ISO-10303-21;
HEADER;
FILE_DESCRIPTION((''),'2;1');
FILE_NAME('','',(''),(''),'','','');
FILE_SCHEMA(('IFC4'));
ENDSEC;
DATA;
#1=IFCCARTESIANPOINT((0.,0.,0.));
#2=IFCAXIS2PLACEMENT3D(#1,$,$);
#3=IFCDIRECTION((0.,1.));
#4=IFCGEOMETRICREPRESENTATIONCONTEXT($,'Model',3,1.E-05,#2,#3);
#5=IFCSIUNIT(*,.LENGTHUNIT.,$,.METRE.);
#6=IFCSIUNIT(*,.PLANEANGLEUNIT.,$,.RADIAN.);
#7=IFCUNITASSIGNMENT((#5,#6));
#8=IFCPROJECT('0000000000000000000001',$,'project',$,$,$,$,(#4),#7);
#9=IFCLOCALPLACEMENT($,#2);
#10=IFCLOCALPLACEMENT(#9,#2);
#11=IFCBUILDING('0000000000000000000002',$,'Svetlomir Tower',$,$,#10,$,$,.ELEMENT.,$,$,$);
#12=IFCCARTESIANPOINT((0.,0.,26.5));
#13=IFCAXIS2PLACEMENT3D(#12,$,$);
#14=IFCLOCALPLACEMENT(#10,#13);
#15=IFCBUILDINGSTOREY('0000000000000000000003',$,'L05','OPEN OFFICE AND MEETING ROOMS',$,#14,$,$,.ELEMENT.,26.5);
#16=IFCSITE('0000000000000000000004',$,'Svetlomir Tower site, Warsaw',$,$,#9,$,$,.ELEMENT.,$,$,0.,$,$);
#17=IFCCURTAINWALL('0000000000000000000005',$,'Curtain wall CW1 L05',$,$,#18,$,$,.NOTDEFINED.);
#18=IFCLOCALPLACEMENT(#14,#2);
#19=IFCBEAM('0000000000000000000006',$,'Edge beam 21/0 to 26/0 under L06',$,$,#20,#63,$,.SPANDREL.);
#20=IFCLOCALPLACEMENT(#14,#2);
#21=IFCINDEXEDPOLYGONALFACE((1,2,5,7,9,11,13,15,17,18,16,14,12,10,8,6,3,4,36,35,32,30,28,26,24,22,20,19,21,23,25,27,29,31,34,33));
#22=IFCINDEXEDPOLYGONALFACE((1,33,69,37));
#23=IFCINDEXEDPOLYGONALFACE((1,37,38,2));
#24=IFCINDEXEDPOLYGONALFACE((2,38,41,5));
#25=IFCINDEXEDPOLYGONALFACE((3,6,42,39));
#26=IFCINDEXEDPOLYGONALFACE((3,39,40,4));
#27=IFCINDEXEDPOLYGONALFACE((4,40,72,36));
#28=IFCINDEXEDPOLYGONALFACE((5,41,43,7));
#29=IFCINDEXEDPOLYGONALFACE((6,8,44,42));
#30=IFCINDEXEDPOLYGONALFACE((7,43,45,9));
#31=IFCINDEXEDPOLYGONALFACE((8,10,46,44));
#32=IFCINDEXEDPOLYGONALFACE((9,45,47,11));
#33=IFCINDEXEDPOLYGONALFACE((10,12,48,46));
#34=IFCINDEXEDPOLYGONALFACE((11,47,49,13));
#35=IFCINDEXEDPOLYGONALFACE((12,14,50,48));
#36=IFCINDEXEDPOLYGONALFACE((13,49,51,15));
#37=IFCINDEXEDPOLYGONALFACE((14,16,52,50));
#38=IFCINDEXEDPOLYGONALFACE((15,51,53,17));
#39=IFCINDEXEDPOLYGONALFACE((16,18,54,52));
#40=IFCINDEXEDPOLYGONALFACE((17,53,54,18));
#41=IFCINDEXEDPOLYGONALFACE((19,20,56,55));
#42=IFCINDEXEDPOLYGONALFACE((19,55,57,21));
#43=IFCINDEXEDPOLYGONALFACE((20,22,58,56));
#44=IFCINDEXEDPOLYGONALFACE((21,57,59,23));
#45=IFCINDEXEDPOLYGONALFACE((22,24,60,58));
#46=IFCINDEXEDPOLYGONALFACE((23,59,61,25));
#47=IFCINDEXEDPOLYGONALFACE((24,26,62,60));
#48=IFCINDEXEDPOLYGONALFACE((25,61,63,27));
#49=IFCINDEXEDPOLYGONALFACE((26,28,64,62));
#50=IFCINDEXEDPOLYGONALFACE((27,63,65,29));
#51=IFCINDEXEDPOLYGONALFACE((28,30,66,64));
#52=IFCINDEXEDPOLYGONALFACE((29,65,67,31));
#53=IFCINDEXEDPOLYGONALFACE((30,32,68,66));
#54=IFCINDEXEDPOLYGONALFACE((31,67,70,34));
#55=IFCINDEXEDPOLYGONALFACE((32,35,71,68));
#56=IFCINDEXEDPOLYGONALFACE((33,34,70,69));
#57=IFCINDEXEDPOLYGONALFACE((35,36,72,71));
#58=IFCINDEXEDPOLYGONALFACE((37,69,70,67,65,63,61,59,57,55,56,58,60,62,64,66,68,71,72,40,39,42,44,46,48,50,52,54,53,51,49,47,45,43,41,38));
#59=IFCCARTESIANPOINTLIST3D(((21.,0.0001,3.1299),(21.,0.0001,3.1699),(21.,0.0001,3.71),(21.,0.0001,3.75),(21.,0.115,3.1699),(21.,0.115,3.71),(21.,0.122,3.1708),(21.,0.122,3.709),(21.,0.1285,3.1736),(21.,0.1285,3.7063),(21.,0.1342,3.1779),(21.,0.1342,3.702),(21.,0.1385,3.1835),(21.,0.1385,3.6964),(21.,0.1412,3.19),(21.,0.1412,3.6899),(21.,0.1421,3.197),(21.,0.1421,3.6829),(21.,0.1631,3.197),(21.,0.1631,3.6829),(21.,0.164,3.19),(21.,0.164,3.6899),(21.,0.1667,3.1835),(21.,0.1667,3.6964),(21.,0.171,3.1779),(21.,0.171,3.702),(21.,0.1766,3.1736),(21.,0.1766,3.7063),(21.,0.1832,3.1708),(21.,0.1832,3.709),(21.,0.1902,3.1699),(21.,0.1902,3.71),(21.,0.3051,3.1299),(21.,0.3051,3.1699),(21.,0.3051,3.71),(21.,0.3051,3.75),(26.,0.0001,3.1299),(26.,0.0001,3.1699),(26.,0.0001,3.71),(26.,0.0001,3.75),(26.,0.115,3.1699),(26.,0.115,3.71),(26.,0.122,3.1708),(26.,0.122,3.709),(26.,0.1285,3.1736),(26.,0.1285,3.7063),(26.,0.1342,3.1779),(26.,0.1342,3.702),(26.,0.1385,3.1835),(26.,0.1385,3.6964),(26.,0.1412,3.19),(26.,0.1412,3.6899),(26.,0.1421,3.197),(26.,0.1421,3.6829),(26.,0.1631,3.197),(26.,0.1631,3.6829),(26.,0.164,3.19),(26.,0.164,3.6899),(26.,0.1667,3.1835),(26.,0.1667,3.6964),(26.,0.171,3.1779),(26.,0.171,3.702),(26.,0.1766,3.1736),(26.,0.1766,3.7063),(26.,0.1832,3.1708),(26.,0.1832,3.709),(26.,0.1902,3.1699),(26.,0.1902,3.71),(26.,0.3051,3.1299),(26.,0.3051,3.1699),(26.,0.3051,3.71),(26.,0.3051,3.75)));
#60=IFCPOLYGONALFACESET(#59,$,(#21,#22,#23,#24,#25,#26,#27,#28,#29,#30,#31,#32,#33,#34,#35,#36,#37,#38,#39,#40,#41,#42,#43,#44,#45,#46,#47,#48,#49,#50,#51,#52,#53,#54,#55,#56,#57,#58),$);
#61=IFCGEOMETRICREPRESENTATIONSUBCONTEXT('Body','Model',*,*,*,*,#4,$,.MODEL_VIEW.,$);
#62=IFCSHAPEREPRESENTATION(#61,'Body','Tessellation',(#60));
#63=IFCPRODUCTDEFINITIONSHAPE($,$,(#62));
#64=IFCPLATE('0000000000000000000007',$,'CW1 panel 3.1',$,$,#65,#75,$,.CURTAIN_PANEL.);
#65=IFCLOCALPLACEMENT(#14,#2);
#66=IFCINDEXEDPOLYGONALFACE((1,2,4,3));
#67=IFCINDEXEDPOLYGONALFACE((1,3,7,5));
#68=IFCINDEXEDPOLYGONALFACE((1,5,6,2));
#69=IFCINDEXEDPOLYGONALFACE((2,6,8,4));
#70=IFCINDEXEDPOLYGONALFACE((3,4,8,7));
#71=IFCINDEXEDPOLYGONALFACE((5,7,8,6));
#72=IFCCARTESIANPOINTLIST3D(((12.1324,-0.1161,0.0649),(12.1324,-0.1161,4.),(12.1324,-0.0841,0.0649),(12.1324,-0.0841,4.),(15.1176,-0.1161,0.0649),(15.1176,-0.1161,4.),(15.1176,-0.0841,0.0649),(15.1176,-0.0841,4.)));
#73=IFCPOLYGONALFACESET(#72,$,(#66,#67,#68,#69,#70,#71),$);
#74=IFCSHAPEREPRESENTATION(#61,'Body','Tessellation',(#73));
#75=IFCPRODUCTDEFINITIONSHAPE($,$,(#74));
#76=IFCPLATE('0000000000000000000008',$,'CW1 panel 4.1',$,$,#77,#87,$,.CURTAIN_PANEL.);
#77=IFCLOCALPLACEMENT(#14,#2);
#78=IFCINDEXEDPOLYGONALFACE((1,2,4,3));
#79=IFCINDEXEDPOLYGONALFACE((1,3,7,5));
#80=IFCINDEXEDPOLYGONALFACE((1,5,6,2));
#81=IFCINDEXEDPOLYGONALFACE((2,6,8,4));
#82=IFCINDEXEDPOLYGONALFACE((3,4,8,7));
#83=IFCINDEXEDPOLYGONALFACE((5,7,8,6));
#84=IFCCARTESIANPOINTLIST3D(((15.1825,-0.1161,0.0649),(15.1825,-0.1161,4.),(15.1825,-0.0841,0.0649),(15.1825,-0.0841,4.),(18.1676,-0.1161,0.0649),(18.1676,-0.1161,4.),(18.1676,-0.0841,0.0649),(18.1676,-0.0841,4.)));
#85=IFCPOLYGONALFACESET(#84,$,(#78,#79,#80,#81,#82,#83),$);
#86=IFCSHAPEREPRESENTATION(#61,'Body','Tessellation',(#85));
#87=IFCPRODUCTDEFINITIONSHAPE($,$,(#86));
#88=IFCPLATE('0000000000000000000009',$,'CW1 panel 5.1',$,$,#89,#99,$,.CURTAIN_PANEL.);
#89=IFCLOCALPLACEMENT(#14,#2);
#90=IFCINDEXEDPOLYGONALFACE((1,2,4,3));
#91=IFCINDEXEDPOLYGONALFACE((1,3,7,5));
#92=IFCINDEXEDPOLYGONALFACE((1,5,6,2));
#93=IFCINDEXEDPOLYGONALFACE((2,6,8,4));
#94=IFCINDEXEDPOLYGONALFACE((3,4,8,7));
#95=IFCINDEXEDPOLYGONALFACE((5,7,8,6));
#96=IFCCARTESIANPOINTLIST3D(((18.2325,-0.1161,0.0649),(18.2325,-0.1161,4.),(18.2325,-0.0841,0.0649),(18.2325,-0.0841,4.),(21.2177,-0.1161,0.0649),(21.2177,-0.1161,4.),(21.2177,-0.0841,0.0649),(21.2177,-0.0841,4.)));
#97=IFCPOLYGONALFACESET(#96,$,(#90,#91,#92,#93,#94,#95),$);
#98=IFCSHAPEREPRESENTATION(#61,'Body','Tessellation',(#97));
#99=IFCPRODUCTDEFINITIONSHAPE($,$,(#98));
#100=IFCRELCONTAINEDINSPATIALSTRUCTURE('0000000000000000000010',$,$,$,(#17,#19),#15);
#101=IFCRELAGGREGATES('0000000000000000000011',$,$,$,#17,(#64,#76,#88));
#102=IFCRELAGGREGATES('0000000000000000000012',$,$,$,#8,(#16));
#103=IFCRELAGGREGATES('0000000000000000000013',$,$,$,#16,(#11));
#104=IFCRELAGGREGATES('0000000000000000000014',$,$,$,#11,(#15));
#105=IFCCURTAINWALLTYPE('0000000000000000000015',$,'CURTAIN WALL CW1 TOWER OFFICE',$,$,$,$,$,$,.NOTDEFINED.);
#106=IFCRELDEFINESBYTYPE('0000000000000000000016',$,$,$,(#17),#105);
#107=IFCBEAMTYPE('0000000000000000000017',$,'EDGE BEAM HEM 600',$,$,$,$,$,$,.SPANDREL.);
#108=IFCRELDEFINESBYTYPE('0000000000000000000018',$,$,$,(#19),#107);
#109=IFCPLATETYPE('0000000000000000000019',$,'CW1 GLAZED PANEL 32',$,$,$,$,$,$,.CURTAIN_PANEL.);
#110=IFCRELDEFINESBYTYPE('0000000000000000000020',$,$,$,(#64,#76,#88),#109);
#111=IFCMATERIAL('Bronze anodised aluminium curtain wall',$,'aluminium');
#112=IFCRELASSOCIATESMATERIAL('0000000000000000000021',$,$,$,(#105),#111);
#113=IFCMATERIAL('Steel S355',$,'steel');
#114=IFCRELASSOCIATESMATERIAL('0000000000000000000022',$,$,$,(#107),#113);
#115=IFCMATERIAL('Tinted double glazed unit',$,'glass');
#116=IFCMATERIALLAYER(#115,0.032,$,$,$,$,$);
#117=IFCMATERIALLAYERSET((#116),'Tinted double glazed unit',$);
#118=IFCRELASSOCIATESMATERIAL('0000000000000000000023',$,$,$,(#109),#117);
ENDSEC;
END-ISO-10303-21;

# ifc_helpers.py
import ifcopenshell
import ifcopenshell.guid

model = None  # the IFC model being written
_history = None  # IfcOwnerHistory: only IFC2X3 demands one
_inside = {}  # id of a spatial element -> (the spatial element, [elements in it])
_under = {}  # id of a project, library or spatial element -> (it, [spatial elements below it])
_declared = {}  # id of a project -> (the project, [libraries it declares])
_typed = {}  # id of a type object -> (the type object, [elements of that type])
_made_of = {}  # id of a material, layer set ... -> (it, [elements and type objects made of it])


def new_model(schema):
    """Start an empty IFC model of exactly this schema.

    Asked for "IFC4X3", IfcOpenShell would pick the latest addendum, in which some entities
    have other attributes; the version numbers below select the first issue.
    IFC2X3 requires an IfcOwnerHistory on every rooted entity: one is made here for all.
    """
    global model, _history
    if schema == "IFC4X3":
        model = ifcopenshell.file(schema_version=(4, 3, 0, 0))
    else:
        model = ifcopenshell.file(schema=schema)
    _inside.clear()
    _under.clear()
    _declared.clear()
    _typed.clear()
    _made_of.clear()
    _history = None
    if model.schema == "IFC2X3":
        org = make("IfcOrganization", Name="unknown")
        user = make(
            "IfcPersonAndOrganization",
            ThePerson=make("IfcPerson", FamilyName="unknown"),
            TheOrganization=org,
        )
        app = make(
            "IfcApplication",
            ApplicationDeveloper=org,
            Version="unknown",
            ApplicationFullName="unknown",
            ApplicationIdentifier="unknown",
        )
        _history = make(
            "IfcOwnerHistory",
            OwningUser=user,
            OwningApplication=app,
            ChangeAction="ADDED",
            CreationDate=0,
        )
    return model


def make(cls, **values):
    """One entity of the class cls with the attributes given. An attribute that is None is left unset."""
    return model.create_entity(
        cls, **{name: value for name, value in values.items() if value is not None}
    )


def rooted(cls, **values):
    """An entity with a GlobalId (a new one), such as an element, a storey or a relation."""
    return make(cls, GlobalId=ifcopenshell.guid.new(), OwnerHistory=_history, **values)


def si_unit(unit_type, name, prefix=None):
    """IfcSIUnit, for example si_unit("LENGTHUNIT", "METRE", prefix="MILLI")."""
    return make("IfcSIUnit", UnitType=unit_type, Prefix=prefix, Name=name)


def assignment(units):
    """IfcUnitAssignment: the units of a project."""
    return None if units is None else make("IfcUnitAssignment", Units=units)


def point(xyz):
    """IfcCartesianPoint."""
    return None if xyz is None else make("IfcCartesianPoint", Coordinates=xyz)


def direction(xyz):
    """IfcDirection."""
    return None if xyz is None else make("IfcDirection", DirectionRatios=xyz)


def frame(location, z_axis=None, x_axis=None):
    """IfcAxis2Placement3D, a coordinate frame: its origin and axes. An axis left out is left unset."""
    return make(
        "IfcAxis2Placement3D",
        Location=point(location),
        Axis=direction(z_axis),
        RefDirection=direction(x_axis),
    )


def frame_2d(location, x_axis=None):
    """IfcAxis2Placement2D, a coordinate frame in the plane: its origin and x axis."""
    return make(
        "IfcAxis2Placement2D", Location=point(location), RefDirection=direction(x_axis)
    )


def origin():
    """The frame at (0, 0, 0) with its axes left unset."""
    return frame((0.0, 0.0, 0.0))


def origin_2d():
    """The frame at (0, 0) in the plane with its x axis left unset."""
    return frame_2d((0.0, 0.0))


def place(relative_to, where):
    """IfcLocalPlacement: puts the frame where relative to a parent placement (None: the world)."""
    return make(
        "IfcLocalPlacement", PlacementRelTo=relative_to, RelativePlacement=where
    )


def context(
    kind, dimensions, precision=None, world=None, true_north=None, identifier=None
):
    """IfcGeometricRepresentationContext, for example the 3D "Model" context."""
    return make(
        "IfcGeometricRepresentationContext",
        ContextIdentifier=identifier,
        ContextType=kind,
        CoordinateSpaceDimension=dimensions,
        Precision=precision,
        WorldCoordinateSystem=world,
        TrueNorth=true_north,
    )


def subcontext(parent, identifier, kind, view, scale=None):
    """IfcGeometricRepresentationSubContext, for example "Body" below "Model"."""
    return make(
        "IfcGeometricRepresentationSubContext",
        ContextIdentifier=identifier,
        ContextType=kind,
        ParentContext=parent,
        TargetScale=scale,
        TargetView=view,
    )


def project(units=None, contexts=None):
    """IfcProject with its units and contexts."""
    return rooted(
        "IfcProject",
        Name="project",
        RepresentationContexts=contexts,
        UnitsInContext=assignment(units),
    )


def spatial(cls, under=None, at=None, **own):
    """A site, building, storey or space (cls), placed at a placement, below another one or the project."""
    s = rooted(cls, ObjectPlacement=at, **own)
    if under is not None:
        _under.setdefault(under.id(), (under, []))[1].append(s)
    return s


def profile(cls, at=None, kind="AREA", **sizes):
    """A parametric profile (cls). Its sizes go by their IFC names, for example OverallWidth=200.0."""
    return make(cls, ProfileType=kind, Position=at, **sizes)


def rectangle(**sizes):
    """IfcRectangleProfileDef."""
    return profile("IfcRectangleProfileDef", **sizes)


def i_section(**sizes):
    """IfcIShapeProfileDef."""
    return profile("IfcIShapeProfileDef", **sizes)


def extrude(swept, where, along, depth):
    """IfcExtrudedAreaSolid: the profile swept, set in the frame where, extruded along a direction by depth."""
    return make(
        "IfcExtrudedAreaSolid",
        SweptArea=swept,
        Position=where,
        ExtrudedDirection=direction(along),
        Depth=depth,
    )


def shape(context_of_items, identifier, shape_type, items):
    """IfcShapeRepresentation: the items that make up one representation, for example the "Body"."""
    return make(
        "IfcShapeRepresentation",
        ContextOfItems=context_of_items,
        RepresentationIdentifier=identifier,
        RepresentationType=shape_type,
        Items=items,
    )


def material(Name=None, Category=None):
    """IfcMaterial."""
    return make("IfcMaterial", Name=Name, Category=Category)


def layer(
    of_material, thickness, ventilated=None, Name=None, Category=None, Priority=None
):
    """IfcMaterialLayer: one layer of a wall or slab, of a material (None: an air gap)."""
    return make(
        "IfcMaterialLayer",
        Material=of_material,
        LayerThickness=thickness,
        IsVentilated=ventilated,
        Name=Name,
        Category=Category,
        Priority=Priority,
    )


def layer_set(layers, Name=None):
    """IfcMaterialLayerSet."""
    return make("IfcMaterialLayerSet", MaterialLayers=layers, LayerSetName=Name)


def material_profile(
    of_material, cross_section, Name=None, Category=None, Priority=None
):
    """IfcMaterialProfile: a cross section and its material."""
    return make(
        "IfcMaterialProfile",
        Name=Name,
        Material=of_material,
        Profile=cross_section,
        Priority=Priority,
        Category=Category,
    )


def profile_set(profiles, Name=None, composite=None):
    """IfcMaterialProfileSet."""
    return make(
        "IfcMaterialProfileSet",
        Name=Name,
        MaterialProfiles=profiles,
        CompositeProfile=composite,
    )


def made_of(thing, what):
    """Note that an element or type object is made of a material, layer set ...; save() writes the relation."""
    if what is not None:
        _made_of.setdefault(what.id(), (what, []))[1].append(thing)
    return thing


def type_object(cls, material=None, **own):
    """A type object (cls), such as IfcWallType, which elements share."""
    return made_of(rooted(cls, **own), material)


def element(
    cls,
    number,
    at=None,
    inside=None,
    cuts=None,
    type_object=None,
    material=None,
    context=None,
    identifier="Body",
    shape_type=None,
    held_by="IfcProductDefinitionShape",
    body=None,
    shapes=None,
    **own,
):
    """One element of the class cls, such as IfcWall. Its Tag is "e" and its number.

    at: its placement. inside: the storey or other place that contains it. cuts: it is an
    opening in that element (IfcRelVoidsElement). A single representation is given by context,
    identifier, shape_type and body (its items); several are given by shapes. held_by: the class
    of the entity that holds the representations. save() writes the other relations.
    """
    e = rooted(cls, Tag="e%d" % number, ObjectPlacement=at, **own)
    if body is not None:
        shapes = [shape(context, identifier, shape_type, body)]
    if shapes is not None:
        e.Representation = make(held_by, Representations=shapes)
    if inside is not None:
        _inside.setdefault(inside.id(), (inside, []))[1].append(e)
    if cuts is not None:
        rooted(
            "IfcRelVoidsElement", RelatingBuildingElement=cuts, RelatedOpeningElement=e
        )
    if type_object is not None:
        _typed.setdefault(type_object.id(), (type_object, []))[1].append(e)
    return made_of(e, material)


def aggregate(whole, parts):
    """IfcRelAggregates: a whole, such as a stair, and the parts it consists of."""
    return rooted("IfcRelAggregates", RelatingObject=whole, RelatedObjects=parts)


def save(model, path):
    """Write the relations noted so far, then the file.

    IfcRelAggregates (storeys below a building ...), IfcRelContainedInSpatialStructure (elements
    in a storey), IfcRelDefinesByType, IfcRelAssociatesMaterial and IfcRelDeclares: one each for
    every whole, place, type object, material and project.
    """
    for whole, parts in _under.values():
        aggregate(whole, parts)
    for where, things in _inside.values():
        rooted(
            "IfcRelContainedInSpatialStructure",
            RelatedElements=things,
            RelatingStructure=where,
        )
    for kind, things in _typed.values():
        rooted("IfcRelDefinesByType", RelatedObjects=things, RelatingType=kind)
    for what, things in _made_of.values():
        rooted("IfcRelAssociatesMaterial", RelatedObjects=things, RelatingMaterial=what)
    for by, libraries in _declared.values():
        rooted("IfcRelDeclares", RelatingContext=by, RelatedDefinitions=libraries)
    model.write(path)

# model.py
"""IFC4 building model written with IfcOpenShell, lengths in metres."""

from ifc_helpers import new_model, si_unit, direction, frame, origin, origin_2d, place, context, subcontext, project, spatial, rectangle, i_section, extrude, material, layer, layer_set, material_profile, profile_set, type_object, element, aggregate, save


model = new_model("IFC4")

# Units and contexts
model_context = context("Model", 3, precision=1e-05, world=origin(), true_north=direction((0.0, 1.0)))
body_context = subcontext(model_context, "Body", "Model", "MODEL_VIEW")
ifc_project = project(units=[si_unit("LENGTHUNIT", "METRE"), si_unit("PLANEANGLEUNIT", "RADIAN")], contexts=[model_context])

# Site, building, storey
site_placement = place(None, origin())
site = spatial("IfcSite", under=ifc_project, at=site_placement, Name="Svetlomir Tower site, Warsaw", CompositionType="ELEMENT", RefElevation=0.0)
building_placement = place(site_placement, origin())
building = spatial("IfcBuilding", under=site, at=building_placement, Name="Svetlomir Tower", CompositionType="ELEMENT")
storey_placement = place(building_placement, frame((0.0, 0.0, 26.5)))
storey = spatial("IfcBuildingStorey", under=building, at=storey_placement, Name="L05", Description="OPEN OFFICE AND MEETING ROOMS", CompositionType="ELEMENT", Elevation=26.5)

# Curtain wall
ifc_material_1 = material(Name="Bronze anodised aluminium curtain wall", Category="aluminium")
curtain_wall_type = type_object("IfcCurtainWallType", Name="CURTAIN WALL CW1 TOWER OFFICE", PredefinedType="NOTDEFINED", material=ifc_material_1)
curtain_wall_placement = place(storey_placement, origin())
curtain_wall = element("IfcCurtainWall", 1, at=curtain_wall_placement, inside=storey, type_object=curtain_wall_type, Name="Curtain wall CW1 L05", PredefinedType="NOTDEFINED")

# Beam
ifc_material_2 = material(Name="Steel S355", Category="steel")
ifc_material_profile_1 = material_profile(ifc_material_2, i_section(OverallWidth=0.3049, OverallDepth=0.6201, WebThickness=0.021, FlangeThickness=0.04, FilletRadius=0.0271, at=origin_2d()), Name="HEM 600")
ifc_profile_set_1 = profile_set([ifc_material_profile_1], Name="Steel S355")
beam_type = type_object("IfcBeamType", Name="EDGE BEAM HEM 600", PredefinedType="SPANDREL", material=ifc_profile_set_1)
for number, where, z_axis, x_axis, name in (
    (2, (21.0, 0.1526, 3.4399), (1.0, 0.0, 0.0), (0.0, 1.0, 0.0), "Edge beam 21/0 to 26/0 under L06"),
):
    element("IfcBeam", number, at=place(storey_placement, frame(where, z_axis=z_axis, x_axis=x_axis)), inside=storey, type_object=beam_type, Name=name, PredefinedType="SPANDREL", context=body_context, shape_type="SweptSolid", body=[
        extrude(i_section(OverallWidth=0.3049, OverallDepth=0.6201, WebThickness=0.021, FlangeThickness=0.04, FilletRadius=0.0271, at=origin_2d()), origin(), (0.0, 0.0, 1.0), 5.0),
    ])

# Plates
ifc_material_3 = material(Name="Tinted double glazed unit", Category="glass")
ifc_layer = layer(ifc_material_3, 0.032)
ifc_layer_set = layer_set([ifc_layer], Name="Tinted double glazed unit")
plate_type = type_object("IfcPlateType", Name="CW1 GLAZED PANEL 32", PredefinedType="CURTAIN_PANEL", material=ifc_layer_set)
plate_1_placement = place(storey_placement, frame((13.625, -0.1001, 0.0649), z_axis=(0.0, 0.0, 1.0), x_axis=(1.0, 0.0, 0.0)))
plate_1 = element("IfcPlate", 3, at=plate_1_placement, type_object=plate_type, Name="CW1 panel 3.1", PredefinedType="CURTAIN_PANEL", context=body_context, shape_type="SweptSolid", body=[
    extrude(rectangle(XDim=2.9851, YDim=0.032, at=origin_2d()), origin(), (0.0, 0.0, 1.0), 3.9351),
])
plate_2_placement = place(storey_placement, frame((16.675, -0.1001, 0.0649), z_axis=(0.0, 0.0, 1.0), x_axis=(1.0, 0.0, 0.0)))
plate_2 = element("IfcPlate", 4, at=plate_2_placement, type_object=plate_type, Name="CW1 panel 4.1", PredefinedType="CURTAIN_PANEL", context=body_context, shape_type="SweptSolid", body=[
    extrude(rectangle(XDim=2.9851, YDim=0.032, at=origin_2d()), origin(), (0.0, 0.0, 1.0), 3.9351),
])
plate_3_placement = place(storey_placement, frame((19.7251, -0.1001, 0.0649), z_axis=(0.0, 0.0, 1.0), x_axis=(1.0, 0.0, 0.0)))
plate_3 = element("IfcPlate", 5, at=plate_3_placement, type_object=plate_type, Name="CW1 panel 5.1", PredefinedType="CURTAIN_PANEL", context=body_context, shape_type="SweptSolid", body=[
    extrude(rectangle(XDim=2.9851, YDim=0.032, at=origin_2d()), origin(), (0.0, 0.0, 1.0), 3.9351),
])
aggregate(curtain_wall, [plate_1, plate_2, plate_3])

save(model, "model.ifc")
